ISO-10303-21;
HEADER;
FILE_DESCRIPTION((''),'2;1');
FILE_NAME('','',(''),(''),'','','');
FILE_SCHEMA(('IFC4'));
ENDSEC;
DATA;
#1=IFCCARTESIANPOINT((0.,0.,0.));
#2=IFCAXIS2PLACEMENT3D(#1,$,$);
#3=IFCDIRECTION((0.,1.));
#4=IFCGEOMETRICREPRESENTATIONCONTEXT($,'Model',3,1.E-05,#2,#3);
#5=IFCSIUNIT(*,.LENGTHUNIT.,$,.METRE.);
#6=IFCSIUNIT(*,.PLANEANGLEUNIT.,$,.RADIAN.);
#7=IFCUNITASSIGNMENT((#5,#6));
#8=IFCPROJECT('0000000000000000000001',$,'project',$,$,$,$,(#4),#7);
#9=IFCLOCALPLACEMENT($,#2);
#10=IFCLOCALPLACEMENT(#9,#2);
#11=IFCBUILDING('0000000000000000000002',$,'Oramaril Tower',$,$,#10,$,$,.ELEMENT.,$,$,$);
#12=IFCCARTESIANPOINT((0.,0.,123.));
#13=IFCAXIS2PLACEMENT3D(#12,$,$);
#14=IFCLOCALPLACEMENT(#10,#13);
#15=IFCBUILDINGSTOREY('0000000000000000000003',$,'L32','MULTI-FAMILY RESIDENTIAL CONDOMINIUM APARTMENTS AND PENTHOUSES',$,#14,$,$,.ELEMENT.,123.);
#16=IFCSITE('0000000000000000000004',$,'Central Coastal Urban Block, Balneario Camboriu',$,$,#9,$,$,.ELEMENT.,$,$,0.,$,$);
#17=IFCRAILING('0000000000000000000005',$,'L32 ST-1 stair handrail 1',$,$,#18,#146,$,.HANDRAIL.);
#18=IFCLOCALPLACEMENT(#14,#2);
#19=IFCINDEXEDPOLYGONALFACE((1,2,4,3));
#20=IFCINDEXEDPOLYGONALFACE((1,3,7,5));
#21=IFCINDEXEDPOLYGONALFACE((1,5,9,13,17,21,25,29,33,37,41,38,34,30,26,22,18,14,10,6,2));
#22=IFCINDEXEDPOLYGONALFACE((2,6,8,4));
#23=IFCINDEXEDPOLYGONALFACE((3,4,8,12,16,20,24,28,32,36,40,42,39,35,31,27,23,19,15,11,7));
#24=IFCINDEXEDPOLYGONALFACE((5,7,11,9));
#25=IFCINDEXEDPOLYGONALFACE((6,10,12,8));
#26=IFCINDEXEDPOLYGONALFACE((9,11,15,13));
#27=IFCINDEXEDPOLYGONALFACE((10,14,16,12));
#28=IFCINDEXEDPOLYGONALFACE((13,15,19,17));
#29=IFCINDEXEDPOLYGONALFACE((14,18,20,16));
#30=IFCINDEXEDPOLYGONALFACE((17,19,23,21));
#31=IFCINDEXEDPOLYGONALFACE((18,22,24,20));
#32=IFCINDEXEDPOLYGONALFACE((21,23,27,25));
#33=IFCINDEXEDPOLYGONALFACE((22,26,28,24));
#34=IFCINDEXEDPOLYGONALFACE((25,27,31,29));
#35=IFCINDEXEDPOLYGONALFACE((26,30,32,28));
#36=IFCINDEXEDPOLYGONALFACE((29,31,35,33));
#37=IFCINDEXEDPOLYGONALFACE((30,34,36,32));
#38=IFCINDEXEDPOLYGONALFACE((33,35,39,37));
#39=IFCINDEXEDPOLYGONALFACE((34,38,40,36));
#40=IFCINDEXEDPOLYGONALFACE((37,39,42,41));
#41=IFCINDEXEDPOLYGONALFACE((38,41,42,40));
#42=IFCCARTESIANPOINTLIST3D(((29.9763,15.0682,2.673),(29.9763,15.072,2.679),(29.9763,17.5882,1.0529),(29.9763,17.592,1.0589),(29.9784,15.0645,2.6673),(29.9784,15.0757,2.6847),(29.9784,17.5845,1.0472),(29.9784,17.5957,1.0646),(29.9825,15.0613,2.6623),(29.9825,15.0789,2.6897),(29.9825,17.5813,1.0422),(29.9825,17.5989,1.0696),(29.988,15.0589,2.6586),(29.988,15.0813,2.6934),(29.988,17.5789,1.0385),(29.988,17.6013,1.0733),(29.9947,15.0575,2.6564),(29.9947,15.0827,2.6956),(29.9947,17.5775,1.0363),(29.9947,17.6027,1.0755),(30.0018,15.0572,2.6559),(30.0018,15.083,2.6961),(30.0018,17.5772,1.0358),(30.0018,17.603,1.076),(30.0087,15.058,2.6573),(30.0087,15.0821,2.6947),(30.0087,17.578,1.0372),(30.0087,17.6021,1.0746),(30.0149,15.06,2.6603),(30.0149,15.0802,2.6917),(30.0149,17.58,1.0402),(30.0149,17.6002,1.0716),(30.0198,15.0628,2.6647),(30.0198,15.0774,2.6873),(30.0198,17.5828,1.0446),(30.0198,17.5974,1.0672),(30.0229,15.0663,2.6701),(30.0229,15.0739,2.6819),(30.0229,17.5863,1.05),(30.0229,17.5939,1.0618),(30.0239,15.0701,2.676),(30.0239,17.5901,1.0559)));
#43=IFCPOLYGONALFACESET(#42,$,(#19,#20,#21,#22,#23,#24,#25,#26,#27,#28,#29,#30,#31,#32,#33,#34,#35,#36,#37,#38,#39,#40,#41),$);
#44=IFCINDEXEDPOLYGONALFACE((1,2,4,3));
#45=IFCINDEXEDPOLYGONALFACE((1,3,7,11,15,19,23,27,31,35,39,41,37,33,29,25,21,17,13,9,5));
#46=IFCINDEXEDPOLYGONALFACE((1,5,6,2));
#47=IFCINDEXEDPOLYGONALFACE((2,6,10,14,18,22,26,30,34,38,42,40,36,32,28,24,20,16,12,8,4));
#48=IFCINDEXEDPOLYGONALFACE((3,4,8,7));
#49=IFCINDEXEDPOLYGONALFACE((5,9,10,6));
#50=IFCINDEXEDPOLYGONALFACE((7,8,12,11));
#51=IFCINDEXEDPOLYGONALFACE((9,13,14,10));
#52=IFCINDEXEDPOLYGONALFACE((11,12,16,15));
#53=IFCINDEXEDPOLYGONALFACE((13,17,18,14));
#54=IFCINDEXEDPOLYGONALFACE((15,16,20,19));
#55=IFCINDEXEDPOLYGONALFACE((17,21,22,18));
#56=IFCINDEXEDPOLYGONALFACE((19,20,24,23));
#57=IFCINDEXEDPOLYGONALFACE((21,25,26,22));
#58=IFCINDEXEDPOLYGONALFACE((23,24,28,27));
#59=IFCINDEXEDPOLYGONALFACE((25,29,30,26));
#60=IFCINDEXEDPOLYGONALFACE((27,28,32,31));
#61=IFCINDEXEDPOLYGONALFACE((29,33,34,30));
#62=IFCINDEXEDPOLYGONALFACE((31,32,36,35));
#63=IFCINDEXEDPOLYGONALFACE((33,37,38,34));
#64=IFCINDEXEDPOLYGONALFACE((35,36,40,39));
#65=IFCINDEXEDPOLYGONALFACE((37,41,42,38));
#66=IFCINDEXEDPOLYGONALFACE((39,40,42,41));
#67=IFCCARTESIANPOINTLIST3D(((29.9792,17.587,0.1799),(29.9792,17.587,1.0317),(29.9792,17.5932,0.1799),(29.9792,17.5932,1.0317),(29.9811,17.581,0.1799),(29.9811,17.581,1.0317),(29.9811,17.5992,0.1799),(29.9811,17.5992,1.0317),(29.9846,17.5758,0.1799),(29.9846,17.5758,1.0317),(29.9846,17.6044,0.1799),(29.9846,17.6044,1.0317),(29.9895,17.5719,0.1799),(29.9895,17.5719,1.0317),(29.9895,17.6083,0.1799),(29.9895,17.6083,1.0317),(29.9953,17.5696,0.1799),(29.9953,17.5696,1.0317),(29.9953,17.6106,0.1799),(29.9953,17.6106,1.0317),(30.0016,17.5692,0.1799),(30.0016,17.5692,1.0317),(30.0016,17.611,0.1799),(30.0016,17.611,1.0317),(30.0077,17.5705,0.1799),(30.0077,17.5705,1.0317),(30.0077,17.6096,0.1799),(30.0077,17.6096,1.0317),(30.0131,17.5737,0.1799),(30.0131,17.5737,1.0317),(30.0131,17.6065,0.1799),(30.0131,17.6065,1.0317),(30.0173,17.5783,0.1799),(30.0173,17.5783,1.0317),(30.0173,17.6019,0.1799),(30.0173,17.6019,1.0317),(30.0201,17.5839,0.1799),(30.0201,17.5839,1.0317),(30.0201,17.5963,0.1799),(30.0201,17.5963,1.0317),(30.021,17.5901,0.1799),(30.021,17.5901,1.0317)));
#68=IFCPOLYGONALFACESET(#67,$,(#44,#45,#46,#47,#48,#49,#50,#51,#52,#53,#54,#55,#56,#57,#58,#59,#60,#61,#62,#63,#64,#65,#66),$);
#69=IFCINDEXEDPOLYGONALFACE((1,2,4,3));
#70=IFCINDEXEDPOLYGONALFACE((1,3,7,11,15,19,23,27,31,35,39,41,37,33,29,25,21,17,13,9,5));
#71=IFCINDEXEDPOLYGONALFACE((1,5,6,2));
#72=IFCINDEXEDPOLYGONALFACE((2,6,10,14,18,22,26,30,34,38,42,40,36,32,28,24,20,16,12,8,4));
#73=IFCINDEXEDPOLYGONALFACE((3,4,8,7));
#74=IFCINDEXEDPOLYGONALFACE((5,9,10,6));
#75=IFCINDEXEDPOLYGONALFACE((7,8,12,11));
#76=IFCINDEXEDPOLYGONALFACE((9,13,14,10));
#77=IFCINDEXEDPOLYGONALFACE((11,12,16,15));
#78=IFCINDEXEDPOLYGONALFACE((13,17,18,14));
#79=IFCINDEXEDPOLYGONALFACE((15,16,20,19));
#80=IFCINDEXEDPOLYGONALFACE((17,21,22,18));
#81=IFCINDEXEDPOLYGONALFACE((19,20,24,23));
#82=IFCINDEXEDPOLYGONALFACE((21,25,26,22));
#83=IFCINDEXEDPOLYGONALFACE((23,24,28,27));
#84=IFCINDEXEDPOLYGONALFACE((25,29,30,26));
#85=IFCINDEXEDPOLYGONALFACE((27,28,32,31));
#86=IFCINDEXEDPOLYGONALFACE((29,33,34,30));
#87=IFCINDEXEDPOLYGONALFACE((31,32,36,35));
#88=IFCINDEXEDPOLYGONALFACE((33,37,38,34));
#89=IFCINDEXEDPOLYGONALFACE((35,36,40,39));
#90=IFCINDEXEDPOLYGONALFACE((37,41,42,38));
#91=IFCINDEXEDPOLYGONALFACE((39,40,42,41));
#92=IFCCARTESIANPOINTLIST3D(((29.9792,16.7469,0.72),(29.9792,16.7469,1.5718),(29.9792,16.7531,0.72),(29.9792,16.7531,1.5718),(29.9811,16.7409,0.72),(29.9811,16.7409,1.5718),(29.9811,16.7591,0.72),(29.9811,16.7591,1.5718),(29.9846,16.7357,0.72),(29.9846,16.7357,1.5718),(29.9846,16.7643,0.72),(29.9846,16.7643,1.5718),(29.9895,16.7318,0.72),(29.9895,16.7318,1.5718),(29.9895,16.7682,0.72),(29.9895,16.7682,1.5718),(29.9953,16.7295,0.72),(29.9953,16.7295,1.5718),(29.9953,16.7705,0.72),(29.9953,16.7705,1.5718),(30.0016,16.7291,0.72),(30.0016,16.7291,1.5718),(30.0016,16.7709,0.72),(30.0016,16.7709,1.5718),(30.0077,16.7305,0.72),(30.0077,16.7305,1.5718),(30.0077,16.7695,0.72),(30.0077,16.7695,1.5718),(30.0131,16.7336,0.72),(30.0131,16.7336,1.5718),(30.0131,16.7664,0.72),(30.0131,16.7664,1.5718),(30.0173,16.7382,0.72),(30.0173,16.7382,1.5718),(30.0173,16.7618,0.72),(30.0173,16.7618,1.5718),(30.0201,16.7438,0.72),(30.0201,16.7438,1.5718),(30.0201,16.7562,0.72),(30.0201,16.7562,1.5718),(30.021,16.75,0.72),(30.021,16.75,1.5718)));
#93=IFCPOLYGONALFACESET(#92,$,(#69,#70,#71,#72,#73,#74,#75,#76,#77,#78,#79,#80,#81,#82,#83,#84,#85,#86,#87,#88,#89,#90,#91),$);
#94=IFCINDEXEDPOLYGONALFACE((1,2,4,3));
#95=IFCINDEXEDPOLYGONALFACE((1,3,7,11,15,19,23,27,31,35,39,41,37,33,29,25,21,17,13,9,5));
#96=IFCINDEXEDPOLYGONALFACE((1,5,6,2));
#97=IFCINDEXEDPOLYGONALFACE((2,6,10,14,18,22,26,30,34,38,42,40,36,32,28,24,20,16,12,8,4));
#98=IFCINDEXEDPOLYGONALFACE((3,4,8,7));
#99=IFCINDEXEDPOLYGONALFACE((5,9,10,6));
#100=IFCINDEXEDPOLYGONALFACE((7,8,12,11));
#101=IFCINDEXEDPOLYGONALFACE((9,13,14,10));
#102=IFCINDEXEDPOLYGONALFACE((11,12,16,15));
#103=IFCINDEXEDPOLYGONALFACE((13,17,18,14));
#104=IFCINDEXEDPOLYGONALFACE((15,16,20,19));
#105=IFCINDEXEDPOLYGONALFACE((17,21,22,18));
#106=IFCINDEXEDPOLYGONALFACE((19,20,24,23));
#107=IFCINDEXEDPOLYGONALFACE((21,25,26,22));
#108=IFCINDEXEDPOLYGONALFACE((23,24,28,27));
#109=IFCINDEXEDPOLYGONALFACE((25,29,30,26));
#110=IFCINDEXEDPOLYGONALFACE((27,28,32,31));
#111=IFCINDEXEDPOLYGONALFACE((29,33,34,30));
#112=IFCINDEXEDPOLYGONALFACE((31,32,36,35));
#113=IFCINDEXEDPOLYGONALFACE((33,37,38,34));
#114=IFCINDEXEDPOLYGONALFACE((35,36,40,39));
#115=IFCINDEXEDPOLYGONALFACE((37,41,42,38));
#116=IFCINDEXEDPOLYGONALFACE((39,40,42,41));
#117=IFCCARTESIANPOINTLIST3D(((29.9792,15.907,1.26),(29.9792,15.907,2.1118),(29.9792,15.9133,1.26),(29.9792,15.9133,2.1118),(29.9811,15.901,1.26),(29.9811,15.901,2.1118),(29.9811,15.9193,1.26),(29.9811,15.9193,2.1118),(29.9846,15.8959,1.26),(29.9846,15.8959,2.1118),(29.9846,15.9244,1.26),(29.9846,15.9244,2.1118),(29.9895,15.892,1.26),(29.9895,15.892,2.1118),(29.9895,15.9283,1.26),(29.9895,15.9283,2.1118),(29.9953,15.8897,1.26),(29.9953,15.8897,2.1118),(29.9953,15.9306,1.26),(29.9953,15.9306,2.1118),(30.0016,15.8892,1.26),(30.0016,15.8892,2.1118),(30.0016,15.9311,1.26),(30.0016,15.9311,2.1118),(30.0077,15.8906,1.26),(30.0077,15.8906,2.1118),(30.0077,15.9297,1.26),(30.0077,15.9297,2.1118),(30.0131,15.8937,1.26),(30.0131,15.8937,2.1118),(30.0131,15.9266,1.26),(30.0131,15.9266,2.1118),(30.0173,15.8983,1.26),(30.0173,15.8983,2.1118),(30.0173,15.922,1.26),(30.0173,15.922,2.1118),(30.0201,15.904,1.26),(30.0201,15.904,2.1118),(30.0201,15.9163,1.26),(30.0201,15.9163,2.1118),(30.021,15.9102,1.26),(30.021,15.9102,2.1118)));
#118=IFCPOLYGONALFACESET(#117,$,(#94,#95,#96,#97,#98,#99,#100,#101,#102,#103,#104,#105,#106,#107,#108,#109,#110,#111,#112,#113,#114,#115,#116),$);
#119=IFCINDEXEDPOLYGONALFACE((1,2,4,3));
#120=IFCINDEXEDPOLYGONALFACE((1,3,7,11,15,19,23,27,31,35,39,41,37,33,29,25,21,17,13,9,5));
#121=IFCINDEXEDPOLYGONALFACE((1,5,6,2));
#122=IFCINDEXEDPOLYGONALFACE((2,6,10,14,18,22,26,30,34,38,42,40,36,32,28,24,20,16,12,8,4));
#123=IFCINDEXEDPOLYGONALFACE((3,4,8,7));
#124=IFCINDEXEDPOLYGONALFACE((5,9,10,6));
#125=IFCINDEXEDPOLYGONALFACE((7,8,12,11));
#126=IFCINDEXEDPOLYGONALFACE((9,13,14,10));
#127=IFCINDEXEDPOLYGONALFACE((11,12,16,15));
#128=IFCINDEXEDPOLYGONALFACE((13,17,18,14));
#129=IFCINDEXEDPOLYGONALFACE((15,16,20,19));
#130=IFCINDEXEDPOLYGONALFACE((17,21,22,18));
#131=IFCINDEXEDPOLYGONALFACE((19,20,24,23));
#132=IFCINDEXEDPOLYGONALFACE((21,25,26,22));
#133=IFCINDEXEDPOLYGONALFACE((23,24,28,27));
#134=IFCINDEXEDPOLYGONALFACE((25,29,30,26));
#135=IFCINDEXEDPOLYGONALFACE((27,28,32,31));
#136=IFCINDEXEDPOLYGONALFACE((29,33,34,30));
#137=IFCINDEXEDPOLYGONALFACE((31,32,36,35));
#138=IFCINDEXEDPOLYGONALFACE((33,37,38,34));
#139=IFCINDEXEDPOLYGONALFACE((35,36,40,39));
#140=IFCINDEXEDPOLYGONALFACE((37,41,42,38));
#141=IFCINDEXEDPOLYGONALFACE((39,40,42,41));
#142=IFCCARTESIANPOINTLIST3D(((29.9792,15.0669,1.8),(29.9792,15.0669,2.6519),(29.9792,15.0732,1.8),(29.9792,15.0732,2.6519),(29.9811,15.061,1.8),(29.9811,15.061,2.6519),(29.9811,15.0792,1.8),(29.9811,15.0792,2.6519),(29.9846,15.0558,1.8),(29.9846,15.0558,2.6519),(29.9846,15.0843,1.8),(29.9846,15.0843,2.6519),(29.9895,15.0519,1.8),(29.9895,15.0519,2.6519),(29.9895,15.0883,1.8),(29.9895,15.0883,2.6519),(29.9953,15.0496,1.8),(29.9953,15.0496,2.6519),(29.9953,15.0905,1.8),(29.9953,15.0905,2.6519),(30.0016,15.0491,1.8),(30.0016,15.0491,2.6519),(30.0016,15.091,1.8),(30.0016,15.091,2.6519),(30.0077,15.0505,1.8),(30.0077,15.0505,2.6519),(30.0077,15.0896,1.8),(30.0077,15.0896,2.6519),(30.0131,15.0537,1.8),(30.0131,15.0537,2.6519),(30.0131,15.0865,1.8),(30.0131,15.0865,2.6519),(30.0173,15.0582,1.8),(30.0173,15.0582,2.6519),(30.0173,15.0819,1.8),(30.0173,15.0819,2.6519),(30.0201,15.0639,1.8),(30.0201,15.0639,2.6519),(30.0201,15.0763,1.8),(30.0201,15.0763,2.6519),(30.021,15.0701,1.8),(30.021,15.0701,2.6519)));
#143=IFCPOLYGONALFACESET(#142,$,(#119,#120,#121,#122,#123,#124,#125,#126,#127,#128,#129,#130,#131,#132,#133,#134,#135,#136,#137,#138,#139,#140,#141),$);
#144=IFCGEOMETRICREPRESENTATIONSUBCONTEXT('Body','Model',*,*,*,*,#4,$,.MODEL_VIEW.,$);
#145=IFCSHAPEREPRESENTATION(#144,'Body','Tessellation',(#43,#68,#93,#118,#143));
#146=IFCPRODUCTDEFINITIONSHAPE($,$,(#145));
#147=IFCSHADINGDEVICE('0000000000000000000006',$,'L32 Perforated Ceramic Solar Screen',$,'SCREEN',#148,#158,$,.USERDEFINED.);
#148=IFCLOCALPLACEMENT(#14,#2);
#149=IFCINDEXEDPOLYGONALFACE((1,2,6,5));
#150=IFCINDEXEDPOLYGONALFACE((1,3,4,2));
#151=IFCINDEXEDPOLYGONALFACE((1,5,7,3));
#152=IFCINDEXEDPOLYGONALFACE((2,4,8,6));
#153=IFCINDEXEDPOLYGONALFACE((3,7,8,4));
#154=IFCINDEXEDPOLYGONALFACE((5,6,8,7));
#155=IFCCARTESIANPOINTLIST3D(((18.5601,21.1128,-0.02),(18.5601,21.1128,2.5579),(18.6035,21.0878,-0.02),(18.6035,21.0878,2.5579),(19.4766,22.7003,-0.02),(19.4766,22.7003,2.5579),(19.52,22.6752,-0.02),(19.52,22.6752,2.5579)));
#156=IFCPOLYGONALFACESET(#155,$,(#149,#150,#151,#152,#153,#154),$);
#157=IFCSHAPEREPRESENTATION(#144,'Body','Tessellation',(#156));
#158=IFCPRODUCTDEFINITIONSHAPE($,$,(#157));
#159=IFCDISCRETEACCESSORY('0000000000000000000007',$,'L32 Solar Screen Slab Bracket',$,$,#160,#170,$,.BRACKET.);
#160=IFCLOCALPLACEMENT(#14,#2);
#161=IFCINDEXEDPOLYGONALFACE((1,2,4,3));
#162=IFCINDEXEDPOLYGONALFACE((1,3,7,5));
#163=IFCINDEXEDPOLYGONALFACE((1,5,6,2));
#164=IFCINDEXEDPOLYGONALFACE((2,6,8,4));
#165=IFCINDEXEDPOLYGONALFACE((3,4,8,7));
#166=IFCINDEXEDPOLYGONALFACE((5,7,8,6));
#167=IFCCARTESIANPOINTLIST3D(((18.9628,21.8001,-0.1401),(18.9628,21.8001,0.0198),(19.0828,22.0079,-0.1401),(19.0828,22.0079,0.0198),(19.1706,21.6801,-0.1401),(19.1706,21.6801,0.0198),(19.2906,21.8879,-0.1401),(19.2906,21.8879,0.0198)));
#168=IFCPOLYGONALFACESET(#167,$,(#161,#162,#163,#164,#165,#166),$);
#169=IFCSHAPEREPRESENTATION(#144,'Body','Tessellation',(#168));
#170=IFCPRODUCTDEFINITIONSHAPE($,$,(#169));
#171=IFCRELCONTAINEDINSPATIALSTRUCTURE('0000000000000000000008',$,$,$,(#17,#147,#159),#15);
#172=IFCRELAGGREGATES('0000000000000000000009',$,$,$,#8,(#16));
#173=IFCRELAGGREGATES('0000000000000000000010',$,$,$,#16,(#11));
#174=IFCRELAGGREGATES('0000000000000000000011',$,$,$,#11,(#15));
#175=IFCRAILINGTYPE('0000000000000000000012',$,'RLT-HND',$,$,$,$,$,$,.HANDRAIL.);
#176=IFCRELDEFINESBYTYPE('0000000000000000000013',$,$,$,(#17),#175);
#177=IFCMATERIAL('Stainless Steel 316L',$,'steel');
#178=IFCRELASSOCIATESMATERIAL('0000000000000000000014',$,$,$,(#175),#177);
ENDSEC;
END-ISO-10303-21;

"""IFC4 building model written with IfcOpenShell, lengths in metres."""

from ifc_helpers import new_model, si_unit, direction, frame, origin, origin_2d, place, context, subcontext, project, spatial, rectangle, circle, extrude, material, type_object, element, save


model = new_model("IFC4")

# Units and contexts
model_context = context("Model", 3, precision=1e-05, world=origin(), true_north=direction((0.0, 1.0)))
body_context = subcontext(model_context, "Body", "Model", "MODEL_VIEW")
ifc_project = project(units=[si_unit("LENGTHUNIT", "METRE"), si_unit("PLANEANGLEUNIT", "RADIAN")], contexts=[model_context])

# Site, building, storey
site_placement = place(None, origin())
site = spatial("IfcSite", under=ifc_project, at=site_placement, Name="Central Coastal Urban Block, Balneario Camboriu", CompositionType="ELEMENT", RefElevation=0.0)
building_placement = place(site_placement, origin())
building = spatial("IfcBuilding", under=site, at=building_placement, Name="Oramaril Tower", CompositionType="ELEMENT")
storey_placement = place(building_placement, frame((0.0, 0.0, 123.0)))
storey = spatial("IfcBuildingStorey", under=building, at=storey_placement, Name="L32", Description="MULTI-FAMILY RESIDENTIAL CONDOMINIUM APARTMENTS AND PENTHOUSES", CompositionType="ELEMENT", Elevation=123.0)

# Railing
ifc_material_1 = material(Name="Stainless Steel 316L", Category="steel")
railing_type_1 = type_object("IfcRailingType", Name="RLT-HND", PredefinedType="HANDRAIL", material=ifc_material_1)
railing_1_placement = place(storey_placement, frame((30.0, 17.5901, 0.1799)))
element("IfcRailing", 1, at=railing_1_placement, inside=storey, type_object=railing_type_1, Name="L32 ST-1 stair handrail 1", PredefinedType="HANDRAIL", context=body_context, shape_type="SweptSolid", body=[
    extrude(circle(Radius=0.0239, at=origin_2d()), frame((0.0, 0.0, 0.876), z_axis=(0.0, -0.841163, 0.540782), x_axis=(1.0, 0.0, 0.0)), (0.0, 0.0, 1.0), 2.9958),
    extrude(circle(Radius=0.021, at=origin_2d()), origin(), (0.0, 0.0, 1.0), 0.8518),
    extrude(circle(Radius=0.021, at=origin_2d()), frame((0.0, -0.8401, 0.54)), (0.0, 0.0, 1.0), 0.8518),
    extrude(circle(Radius=0.021, at=origin_2d()), frame((0.0, -1.6799, 1.0801)), (0.0, 0.0, 1.0), 0.8518),
    extrude(circle(Radius=0.021, at=origin_2d()), frame((0.0, -2.52, 1.6201)), (0.0, 0.0, 1.0), 0.8518),
])

# Shading device
shading_device_placement = place(storey_placement, frame((19.04, 21.894, -0.02), z_axis=(0.0, 0.0, 1.0), x_axis=(-0.499998, -0.866026, 0.0)))
element("IfcShadingDevice", 2, at=shading_device_placement, inside=storey, Name="L32 Perforated Ceramic Solar Screen", ObjectType="SCREEN", PredefinedType="USERDEFINED", context=body_context, shape_type="SweptSolid", body=[
    extrude(rectangle(XDim=1.833, YDim=0.05, at=origin_2d()), origin(), (0.0, 0.0, 1.0), 2.5779),
])

# Discrete accessory
discrete_accessory_placement = place(storey_placement, frame((19.1267, 21.844, -0.1401), z_axis=(0.0, 0.0, 1.0), x_axis=(-0.499998, -0.866026, 0.0)))
element("IfcDiscreteAccessory", 3, at=discrete_accessory_placement, inside=storey, Name="L32 Solar Screen Slab Bracket", PredefinedType="BRACKET", context=body_context, shape_type="SweptSolid", body=[
    extrude(rectangle(XDim=0.24, YDim=0.24, at=origin_2d()), origin(), (0.0, 0.0, 1.0), 0.1599),
])

save(model, "model.ifc")
